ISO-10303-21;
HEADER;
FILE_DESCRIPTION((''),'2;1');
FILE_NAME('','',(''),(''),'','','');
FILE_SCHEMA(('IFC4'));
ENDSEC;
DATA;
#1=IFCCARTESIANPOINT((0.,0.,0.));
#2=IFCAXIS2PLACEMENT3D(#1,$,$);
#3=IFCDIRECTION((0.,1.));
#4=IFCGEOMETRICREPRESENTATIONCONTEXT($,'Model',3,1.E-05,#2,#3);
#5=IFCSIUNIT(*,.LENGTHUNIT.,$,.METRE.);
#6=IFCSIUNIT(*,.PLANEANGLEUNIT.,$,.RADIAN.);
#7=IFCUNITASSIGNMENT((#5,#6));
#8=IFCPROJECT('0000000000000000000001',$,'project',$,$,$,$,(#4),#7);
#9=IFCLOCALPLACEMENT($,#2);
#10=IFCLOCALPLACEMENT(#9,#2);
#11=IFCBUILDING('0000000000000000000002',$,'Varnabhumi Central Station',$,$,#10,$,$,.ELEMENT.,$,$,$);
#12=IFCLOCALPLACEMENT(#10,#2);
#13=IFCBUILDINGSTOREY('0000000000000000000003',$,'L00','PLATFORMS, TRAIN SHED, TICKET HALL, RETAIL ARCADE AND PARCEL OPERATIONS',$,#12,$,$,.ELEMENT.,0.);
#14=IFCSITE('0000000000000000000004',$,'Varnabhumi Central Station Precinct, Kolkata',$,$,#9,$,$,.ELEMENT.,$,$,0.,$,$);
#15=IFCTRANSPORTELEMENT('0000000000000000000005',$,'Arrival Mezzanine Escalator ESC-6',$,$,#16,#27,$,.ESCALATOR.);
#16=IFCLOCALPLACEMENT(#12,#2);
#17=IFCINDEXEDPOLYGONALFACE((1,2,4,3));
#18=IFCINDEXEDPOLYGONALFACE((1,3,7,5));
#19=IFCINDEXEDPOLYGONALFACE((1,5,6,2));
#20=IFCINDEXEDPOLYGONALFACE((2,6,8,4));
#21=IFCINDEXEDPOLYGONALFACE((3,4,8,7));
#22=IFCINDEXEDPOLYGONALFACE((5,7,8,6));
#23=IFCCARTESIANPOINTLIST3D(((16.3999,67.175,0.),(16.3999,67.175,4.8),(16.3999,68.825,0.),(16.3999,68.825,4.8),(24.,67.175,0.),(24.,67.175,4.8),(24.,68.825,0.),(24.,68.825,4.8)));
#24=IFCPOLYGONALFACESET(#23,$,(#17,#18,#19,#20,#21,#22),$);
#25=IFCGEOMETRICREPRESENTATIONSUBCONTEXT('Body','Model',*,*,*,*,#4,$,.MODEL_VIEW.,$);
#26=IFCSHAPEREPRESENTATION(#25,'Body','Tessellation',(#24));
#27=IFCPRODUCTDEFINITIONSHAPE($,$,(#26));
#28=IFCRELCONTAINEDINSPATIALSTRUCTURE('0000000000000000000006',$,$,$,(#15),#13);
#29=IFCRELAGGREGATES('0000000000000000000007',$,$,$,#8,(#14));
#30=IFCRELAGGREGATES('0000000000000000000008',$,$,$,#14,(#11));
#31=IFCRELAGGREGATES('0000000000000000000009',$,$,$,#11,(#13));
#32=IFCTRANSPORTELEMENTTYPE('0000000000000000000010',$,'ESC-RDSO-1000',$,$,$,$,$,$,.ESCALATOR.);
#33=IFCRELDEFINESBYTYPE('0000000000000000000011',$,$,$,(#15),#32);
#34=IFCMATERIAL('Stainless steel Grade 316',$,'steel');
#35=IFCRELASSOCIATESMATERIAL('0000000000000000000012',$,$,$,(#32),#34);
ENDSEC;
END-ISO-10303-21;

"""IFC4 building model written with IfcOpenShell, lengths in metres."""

from ifc_helpers import new_model, si_unit, direction, frame, origin, origin_2d, place, context, subcontext, project, spatial, rectangle, extrude, material, type_object, element, save


model = new_model("IFC4")

# Units and contexts
model_context = context("Model", 3, precision=1e-05, world=origin(), true_north=direction((0.0, 1.0)))
body_context = subcontext(model_context, "Body", "Model", "MODEL_VIEW")
ifc_project = project(units=[si_unit("LENGTHUNIT", "METRE"), si_unit("PLANEANGLEUNIT", "RADIAN")], contexts=[model_context])

# Site, building, storey
site_placement = place(None, origin())
site = spatial("IfcSite", under=ifc_project, at=site_placement, Name="Varnabhumi Central Station Precinct, Kolkata", CompositionType="ELEMENT", RefElevation=0.0)
building_placement = place(site_placement, origin())
building = spatial("IfcBuilding", under=site, at=building_placement, Name="Varnabhumi Central Station", CompositionType="ELEMENT")
storey_placement = place(building_placement, origin())
storey = spatial("IfcBuildingStorey", under=building, at=storey_placement, Name="L00", Description="PLATFORMS, TRAIN SHED, TICKET HALL, RETAIL ARCADE AND PARCEL OPERATIONS", CompositionType="ELEMENT", Elevation=0.0)

# Shared definitions
ifc_material_1 = material(Name="Stainless steel Grade 316", Category="steel")

# Transport element
transport_element_type = type_object("IfcTransportElementType", Name="ESC-RDSO-1000", PredefinedType="ESCALATOR", material=ifc_material_1)
for number, where, z_axis, x_axis, name in (
    (1, (20.2, 68.0, 0.0), (0.0, 0.0, 1.0), (1.0, 0.0, 0.0), "Arrival Mezzanine Escalator ESC-6"),
):
    element("IfcTransportElement", number, at=place(storey_placement, frame(where, z_axis=z_axis, x_axis=x_axis)), inside=storey, type_object=transport_element_type, Name=name, PredefinedType="ESCALATOR", context=body_context, shape_type="SweptSolid", body=[
        extrude(rectangle(XDim=7.6001, YDim=1.6499, at=origin_2d()), origin(), (0.0, 0.0, 1.0), 4.8),
    ])

save(model, "model.ifc")
